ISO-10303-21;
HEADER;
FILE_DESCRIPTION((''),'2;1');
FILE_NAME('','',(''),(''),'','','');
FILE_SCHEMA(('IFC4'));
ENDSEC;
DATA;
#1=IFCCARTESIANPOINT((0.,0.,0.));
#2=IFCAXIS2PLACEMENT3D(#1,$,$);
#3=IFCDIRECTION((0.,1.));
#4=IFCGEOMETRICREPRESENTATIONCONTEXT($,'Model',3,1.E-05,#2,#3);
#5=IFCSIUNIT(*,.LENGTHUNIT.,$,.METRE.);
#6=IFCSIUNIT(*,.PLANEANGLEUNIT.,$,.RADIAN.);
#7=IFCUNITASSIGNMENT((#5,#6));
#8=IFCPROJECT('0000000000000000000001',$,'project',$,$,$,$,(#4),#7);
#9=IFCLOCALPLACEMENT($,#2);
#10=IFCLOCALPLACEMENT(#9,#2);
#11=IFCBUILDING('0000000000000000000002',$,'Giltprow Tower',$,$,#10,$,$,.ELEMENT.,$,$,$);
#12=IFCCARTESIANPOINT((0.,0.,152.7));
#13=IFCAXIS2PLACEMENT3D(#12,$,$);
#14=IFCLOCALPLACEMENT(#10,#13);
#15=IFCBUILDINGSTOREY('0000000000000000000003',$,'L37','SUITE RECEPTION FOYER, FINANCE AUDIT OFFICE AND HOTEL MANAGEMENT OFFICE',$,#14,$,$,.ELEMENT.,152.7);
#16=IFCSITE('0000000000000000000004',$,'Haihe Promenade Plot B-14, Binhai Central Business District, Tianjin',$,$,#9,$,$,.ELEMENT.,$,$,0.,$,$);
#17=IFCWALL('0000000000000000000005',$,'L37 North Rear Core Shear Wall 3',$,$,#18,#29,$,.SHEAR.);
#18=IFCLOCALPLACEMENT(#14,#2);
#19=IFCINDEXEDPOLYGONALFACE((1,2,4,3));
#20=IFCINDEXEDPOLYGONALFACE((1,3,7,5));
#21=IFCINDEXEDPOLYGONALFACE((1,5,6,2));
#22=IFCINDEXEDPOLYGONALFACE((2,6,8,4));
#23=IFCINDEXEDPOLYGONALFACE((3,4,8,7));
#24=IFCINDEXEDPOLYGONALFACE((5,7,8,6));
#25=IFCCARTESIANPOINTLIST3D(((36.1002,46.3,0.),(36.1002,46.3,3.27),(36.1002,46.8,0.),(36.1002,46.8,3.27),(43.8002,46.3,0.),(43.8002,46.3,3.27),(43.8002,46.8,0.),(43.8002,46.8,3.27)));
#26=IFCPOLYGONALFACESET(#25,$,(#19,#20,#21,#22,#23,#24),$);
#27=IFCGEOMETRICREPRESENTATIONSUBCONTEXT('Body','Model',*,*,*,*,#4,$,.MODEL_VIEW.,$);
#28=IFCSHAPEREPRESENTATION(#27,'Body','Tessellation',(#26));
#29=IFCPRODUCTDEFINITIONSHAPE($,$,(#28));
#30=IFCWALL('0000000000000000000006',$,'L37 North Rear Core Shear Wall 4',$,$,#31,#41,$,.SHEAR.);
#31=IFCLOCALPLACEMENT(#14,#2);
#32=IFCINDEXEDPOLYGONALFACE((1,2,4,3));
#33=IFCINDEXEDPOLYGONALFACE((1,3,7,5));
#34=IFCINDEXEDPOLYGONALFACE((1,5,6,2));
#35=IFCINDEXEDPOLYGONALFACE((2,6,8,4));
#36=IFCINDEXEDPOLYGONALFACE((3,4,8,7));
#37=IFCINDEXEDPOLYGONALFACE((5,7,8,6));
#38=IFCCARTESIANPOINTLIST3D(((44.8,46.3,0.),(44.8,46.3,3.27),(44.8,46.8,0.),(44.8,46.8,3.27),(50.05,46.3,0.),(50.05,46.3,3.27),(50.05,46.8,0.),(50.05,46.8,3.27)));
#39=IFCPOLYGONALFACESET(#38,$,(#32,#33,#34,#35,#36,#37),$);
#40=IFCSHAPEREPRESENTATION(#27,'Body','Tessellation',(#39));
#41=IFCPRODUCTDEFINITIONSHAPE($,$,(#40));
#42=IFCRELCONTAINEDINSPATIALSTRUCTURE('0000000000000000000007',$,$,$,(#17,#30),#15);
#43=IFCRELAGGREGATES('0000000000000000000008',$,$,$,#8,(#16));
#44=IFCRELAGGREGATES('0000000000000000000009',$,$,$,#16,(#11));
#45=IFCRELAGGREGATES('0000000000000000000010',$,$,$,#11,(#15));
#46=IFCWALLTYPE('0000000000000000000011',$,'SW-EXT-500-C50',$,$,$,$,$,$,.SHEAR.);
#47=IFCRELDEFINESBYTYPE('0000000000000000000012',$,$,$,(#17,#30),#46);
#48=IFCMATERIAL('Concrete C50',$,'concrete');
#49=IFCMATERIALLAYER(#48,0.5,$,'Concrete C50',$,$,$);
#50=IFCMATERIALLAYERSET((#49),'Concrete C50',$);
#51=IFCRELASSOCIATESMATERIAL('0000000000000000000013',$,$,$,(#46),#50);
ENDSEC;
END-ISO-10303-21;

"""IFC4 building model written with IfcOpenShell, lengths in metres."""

from ifc_helpers import new_model, si_unit, direction, frame, frame_2d, origin, place, context, subcontext, project, spatial, rectangle, extrude, material, layer, layer_set, type_object, element, save


model = new_model("IFC4")

# Units and contexts
model_context = context("Model", 3, precision=1e-05, world=origin(), true_north=direction((0.0, 1.0)))
body_context = subcontext(model_context, "Body", "Model", "MODEL_VIEW")
ifc_project = project(units=[si_unit("LENGTHUNIT", "METRE"), si_unit("PLANEANGLEUNIT", "RADIAN")], contexts=[model_context])

# Site, building, storey
site_placement = place(None, origin())
site = spatial("IfcSite", under=ifc_project, at=site_placement, Name="Haihe Promenade Plot B-14, Binhai Central Business District, Tianjin", CompositionType="ELEMENT", RefElevation=0.0)
building_placement = place(site_placement, origin())
building = spatial("IfcBuilding", under=site, at=building_placement, Name="Giltprow Tower", CompositionType="ELEMENT")
storey_placement = place(building_placement, frame((0.0, 0.0, 152.7)))
storey = spatial("IfcBuildingStorey", under=building, at=storey_placement, Name="L37", Description="SUITE RECEPTION FOYER, FINANCE AUDIT OFFICE AND HOTEL MANAGEMENT OFFICE", CompositionType="ELEMENT", Elevation=152.7)

# Shared definitions
ifc_material_1 = material(Name="Concrete C50", Category="concrete")

# Walls
ifc_layer_1 = layer(ifc_material_1, 0.5, Name="Concrete C50")
ifc_layer_set_1 = layer_set([ifc_layer_1], Name="Concrete C50")
wall_type_1 = type_object("IfcWallType", Name="SW-EXT-500-C50", PredefinedType="SHEAR", material=ifc_layer_set_1)
wall_1_placement = place(storey_placement, frame((36.1001, 46.55, 0.0), z_axis=(0.0, 0.0, 1.0), x_axis=(1.0, 0.0, 0.0)))
element("IfcWall", 1, at=wall_1_placement, inside=storey, type_object=wall_type_1, Name="L37 North Rear Core Shear Wall 3", PredefinedType="SHEAR", context=body_context, shape_type="SweptSolid", body=[
    extrude(rectangle(XDim=7.7, YDim=0.5, at=frame_2d((3.8501, 0.0))), origin(), (0.0, 0.0, 1.0), 3.27),
])
wall_2_placement = place(storey_placement, frame((44.8, 46.55, 0.0), z_axis=(0.0, 0.0, 1.0), x_axis=(1.0, 0.0, 0.0)))
element("IfcWall", 2, at=wall_2_placement, inside=storey, type_object=wall_type_1, Name="L37 North Rear Core Shear Wall 4", PredefinedType="SHEAR", context=body_context, shape_type="SweptSolid", body=[
    extrude(rectangle(XDim=5.25, YDim=0.5, at=frame_2d((2.625, 0.0))), origin(), (0.0, 0.0, 1.0), 3.27),
])

save(model, "model.ifc")
